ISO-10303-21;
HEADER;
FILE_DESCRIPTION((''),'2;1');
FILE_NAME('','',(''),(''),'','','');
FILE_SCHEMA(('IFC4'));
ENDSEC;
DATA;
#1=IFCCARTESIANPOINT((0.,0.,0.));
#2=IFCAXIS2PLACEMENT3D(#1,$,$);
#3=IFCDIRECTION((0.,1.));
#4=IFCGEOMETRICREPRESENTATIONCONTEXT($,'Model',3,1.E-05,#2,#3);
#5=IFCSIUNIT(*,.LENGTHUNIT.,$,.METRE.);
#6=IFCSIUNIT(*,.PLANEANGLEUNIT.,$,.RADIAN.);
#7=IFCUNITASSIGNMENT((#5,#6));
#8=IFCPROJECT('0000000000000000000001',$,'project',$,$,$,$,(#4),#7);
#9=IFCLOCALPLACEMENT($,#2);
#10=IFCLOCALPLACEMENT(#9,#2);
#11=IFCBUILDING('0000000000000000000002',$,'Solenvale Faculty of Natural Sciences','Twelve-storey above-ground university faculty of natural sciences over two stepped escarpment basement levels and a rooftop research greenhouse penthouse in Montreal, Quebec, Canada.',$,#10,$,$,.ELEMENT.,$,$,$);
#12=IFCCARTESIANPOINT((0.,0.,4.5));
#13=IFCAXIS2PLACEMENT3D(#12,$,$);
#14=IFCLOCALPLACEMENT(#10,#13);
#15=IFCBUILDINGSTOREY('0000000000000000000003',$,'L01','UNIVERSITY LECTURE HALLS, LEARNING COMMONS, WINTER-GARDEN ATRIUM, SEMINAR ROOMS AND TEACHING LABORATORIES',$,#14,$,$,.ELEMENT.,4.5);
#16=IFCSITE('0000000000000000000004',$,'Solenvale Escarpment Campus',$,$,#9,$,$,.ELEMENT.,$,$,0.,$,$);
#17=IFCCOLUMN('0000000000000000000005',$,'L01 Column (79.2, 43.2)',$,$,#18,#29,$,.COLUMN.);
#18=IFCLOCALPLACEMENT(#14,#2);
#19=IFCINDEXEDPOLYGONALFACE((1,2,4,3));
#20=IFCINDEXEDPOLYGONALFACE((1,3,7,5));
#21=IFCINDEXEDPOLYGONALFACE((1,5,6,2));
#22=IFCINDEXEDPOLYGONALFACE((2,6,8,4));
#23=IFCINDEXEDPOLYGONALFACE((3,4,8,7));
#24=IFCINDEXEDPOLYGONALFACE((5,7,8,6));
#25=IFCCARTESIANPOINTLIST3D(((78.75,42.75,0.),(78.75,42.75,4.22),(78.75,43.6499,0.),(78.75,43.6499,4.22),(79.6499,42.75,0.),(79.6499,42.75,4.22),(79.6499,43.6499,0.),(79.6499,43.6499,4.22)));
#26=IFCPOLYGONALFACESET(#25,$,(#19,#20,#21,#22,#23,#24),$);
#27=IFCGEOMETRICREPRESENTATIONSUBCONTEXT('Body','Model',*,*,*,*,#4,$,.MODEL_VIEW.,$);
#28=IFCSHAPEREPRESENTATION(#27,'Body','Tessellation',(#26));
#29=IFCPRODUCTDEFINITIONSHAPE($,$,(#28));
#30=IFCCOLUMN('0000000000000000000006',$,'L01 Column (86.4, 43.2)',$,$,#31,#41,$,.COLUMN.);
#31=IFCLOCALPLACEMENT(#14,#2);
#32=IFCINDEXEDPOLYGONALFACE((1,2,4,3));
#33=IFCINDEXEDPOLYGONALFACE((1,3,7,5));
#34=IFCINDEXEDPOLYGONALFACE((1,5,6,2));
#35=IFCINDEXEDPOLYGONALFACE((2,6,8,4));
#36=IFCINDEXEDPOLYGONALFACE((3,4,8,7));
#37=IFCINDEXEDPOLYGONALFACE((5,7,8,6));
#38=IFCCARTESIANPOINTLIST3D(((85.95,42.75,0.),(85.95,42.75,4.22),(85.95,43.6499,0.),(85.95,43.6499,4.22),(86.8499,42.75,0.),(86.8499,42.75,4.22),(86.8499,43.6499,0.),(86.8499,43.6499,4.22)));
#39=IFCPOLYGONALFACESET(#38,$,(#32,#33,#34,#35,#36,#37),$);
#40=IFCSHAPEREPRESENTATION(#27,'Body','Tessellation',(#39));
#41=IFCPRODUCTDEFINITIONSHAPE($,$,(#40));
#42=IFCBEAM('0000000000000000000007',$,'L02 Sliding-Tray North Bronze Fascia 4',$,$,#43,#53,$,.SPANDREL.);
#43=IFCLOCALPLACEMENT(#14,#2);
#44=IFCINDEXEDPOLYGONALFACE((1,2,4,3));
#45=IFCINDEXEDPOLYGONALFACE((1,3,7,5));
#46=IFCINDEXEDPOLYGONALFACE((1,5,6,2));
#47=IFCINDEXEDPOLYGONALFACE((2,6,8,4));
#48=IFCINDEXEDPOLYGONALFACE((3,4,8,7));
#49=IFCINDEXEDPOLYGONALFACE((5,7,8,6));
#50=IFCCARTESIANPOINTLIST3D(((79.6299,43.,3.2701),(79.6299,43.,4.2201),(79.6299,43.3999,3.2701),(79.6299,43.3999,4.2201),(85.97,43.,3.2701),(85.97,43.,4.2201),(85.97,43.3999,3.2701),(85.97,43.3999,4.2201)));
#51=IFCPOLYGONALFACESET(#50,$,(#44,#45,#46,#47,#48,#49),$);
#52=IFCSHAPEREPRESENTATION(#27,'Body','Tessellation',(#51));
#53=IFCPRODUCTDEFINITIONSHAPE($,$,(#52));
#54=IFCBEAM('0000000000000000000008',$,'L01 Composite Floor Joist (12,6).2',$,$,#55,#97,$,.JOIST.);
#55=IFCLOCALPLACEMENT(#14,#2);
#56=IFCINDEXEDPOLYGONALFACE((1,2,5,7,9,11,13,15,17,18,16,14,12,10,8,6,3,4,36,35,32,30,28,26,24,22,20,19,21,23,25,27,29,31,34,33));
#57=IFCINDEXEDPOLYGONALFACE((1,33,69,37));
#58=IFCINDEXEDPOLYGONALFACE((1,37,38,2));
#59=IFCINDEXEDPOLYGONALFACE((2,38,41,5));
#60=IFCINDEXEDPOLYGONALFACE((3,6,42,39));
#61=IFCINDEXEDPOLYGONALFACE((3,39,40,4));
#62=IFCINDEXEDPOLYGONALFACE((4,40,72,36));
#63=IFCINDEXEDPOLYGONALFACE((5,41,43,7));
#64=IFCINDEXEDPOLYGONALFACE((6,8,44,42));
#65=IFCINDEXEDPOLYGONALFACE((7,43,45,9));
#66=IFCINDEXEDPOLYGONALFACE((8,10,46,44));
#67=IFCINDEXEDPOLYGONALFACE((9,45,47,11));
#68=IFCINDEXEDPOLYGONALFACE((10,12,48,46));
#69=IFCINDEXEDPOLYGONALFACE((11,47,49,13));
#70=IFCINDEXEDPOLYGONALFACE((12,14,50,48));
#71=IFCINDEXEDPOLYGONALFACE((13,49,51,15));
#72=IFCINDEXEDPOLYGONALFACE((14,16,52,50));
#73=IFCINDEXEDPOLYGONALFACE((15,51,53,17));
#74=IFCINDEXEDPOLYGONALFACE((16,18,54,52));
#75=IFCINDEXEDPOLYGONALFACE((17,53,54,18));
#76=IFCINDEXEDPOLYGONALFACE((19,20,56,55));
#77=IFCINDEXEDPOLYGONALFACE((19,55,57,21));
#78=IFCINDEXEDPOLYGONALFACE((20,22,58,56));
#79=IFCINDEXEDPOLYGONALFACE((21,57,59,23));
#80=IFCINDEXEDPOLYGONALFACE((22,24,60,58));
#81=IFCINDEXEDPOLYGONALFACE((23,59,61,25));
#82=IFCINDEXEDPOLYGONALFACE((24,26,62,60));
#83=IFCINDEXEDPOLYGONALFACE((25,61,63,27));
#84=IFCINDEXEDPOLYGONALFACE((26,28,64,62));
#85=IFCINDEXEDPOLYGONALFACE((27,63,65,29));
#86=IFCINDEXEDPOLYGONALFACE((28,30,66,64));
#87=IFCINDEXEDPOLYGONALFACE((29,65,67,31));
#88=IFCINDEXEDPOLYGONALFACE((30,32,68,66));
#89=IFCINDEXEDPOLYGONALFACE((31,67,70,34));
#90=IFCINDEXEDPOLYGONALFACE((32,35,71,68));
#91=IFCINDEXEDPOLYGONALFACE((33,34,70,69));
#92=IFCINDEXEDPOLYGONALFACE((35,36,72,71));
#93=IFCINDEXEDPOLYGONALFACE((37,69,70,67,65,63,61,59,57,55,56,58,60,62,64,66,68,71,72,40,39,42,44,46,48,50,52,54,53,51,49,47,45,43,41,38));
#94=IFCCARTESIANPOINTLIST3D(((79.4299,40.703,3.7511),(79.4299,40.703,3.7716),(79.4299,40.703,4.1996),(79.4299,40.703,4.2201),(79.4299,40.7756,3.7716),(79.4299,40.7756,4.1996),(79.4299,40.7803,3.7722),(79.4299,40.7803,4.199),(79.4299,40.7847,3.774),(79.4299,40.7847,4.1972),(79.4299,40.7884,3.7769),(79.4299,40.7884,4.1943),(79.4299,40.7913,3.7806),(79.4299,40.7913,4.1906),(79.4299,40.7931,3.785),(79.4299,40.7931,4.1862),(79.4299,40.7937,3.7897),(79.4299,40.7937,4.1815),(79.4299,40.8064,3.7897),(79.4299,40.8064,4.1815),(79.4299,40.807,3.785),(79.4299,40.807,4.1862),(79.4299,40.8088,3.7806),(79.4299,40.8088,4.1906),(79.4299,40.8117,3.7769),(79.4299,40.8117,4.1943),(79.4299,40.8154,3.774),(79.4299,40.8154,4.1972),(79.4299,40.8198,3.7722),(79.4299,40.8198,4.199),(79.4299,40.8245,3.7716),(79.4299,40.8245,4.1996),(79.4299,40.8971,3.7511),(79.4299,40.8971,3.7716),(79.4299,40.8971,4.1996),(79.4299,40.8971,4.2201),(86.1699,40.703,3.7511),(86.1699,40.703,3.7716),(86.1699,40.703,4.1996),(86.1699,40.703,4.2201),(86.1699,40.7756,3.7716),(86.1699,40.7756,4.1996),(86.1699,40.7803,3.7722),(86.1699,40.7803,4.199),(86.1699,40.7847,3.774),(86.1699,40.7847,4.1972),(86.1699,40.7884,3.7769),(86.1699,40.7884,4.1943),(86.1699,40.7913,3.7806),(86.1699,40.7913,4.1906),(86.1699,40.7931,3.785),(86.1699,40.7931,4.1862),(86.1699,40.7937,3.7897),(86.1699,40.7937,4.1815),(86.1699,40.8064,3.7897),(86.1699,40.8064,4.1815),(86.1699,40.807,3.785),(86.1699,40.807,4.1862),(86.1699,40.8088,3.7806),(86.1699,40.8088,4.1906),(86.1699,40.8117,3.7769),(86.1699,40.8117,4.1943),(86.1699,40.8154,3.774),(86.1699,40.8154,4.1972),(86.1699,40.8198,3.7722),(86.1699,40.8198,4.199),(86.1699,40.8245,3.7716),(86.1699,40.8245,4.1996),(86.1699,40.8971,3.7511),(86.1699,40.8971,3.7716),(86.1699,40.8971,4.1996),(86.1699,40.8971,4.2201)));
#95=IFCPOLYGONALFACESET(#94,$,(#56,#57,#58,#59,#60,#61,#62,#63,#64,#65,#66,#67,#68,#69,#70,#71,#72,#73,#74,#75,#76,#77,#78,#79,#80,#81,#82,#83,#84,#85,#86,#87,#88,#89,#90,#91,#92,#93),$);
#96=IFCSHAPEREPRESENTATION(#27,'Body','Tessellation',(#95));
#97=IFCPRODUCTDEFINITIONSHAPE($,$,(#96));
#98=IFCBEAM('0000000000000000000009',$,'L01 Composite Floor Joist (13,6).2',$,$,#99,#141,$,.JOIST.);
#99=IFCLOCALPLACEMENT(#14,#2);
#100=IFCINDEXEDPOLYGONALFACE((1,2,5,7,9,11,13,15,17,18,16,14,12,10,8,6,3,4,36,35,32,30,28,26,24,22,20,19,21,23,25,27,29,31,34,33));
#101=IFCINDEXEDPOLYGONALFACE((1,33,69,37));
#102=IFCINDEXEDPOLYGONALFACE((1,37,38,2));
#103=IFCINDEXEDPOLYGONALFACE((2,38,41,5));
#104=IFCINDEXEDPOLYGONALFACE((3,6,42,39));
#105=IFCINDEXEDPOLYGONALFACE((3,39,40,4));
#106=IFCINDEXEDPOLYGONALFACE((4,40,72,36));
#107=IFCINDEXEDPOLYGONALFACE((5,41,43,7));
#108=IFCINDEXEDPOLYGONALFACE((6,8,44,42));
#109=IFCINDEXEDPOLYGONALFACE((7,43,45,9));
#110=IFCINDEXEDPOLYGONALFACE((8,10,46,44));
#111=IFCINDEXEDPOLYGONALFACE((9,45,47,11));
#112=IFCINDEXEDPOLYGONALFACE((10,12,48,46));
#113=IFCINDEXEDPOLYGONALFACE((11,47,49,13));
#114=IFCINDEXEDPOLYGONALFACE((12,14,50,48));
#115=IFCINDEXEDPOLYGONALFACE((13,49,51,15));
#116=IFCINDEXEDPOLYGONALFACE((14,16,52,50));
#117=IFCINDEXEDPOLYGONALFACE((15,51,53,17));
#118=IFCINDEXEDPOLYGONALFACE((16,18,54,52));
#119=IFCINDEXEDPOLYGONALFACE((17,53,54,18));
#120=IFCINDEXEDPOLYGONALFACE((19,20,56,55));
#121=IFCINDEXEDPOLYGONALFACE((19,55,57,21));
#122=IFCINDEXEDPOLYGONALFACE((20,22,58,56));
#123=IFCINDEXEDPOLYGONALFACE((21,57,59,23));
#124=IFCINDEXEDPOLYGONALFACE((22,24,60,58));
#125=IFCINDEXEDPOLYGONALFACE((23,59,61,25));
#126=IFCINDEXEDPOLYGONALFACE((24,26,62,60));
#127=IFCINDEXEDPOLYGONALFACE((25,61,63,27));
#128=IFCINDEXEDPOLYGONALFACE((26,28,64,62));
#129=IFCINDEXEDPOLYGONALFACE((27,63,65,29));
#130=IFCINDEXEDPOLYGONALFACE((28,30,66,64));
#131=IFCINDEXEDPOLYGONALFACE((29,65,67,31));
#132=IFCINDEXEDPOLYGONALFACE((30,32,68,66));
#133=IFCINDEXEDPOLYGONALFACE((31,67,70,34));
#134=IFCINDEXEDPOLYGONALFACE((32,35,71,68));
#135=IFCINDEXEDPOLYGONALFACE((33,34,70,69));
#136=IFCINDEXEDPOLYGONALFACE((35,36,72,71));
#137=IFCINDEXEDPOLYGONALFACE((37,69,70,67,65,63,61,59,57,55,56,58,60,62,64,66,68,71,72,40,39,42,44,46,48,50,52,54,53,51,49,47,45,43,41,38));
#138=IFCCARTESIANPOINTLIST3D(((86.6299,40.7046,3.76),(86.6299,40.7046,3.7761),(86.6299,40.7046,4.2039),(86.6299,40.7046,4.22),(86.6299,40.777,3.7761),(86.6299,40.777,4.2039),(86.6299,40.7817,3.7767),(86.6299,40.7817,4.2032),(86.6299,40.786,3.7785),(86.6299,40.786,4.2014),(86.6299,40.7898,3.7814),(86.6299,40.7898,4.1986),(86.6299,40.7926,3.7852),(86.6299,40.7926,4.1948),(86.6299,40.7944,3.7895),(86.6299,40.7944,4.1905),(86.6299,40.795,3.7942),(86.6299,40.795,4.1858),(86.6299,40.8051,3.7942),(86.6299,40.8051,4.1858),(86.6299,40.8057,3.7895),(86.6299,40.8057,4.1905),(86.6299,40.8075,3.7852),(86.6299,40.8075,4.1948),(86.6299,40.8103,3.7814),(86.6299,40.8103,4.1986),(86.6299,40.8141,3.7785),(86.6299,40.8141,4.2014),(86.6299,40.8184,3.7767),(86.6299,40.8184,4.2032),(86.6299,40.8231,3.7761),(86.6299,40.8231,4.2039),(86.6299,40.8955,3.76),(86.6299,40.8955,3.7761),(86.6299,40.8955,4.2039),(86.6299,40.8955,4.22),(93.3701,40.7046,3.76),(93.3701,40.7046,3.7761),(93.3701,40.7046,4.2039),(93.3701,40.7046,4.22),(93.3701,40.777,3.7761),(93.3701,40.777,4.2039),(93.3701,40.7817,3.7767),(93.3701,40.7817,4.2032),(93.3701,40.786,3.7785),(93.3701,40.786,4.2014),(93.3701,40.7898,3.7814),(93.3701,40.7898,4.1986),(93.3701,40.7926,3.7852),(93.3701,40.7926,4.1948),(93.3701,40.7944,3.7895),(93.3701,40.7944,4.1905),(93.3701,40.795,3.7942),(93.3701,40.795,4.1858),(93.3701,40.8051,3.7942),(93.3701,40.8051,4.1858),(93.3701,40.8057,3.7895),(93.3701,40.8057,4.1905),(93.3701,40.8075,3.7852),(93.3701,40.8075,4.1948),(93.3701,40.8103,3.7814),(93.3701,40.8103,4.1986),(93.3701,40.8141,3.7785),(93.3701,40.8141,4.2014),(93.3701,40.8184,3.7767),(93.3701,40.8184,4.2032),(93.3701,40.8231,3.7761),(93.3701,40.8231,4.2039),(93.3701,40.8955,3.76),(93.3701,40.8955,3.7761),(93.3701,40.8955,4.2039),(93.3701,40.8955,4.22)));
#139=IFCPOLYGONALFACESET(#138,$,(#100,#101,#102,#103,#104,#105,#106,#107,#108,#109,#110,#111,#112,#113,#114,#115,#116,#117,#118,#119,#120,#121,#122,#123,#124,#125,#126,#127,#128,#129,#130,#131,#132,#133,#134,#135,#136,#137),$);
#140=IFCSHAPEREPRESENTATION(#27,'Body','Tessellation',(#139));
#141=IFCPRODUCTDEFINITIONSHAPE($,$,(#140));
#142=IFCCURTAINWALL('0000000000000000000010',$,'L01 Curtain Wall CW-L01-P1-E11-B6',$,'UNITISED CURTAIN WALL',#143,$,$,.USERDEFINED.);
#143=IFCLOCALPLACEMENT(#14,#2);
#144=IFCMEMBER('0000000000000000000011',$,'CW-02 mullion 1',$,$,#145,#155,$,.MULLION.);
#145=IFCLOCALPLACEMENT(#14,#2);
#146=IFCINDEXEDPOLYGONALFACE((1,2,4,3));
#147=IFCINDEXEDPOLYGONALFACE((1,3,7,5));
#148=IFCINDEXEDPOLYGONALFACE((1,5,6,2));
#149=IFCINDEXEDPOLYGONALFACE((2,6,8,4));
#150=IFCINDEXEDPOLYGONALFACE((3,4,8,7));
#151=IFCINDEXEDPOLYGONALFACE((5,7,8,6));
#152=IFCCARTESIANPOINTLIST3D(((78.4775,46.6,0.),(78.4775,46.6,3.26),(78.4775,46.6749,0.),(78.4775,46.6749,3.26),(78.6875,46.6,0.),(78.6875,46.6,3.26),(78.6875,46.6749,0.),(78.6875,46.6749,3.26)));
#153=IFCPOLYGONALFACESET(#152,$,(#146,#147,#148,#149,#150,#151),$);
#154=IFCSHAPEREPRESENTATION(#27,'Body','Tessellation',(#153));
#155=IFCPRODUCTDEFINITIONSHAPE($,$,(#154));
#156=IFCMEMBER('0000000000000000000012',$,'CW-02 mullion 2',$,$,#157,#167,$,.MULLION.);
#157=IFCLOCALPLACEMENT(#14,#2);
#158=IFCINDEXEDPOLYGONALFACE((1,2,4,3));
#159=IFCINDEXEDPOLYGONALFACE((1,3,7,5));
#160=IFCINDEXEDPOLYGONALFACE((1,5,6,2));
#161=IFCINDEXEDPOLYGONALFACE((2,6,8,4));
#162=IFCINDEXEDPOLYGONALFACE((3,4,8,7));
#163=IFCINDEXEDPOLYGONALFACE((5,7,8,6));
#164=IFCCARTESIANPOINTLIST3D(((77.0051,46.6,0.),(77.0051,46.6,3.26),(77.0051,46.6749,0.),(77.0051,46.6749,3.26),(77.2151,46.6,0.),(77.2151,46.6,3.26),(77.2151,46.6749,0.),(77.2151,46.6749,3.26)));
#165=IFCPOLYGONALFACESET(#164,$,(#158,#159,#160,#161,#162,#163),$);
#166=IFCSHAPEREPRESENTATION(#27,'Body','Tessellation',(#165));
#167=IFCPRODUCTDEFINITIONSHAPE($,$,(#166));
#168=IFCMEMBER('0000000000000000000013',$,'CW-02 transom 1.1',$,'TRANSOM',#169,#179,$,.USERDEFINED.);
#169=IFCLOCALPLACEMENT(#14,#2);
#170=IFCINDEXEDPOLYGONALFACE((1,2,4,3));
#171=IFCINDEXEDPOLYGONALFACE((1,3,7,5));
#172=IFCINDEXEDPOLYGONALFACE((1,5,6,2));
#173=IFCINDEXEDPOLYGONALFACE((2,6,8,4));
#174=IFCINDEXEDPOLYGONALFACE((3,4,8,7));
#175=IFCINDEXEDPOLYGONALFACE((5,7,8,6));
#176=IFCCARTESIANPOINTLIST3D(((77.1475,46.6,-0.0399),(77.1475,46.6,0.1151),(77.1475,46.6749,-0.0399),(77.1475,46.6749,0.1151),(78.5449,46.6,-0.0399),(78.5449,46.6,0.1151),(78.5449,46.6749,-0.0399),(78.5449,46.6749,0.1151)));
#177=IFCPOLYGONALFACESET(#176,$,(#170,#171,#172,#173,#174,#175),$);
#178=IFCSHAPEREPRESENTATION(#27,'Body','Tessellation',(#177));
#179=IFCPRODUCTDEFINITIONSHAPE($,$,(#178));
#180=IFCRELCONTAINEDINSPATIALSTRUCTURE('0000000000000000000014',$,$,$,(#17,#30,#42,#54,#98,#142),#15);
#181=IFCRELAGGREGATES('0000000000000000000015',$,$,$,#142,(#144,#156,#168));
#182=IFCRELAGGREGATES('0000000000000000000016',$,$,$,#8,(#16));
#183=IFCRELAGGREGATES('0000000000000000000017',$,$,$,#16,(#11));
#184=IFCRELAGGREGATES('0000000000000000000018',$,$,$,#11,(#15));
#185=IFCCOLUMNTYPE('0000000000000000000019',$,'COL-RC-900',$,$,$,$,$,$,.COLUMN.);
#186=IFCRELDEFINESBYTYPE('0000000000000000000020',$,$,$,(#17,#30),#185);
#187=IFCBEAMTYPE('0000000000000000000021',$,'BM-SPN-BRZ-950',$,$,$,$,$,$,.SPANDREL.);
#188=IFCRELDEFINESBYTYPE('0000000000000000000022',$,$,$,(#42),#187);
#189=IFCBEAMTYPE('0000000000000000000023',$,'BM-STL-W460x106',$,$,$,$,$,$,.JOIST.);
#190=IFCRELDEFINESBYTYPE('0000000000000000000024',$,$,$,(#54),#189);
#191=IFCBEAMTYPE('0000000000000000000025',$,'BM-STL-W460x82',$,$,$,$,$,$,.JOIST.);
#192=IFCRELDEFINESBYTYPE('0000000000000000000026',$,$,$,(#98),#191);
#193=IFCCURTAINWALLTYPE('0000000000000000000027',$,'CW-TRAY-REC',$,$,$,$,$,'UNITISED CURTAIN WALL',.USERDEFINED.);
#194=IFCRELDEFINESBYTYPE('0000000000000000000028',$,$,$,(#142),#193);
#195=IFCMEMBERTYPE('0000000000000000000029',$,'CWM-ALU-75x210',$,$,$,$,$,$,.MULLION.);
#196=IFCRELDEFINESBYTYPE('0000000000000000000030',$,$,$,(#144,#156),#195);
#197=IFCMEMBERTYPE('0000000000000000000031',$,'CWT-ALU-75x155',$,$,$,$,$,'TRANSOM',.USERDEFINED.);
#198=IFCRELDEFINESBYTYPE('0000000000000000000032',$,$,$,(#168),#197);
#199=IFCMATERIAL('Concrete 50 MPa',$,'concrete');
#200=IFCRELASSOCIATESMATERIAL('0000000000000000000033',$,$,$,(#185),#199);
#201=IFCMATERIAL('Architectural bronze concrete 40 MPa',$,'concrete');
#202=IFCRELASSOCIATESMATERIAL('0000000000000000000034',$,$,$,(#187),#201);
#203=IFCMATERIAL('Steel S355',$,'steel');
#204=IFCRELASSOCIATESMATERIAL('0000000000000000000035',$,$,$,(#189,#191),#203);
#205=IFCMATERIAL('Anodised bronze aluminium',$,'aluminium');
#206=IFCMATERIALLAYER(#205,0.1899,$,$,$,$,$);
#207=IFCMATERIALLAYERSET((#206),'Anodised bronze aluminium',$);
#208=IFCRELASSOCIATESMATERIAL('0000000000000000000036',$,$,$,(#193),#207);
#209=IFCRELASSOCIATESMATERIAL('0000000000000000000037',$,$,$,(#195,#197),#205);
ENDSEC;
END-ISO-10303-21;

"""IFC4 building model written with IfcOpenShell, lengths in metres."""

from ifc_helpers import new_model, si_unit, direction, frame, origin, origin_2d, place, context, subcontext, project, spatial, rectangle, i_section, extrude, material, layer, layer_set, material_profile, profile_set, type_object, element, aggregate, save


model = new_model("IFC4")

# Units and contexts
model_context = context("Model", 3, precision=1e-05, world=origin(), true_north=direction((0.0, 1.0)))
body_context = subcontext(model_context, "Body", "Model", "MODEL_VIEW")
ifc_project = project(units=[si_unit("LENGTHUNIT", "METRE"), si_unit("PLANEANGLEUNIT", "RADIAN")], contexts=[model_context])

# Site, building, storey
site_placement = place(None, origin())
site = spatial("IfcSite", under=ifc_project, at=site_placement, Name="Solenvale Escarpment Campus", CompositionType="ELEMENT", RefElevation=0.0)
building_placement = place(site_placement, origin())
building = spatial("IfcBuilding", under=site, at=building_placement, Name="Solenvale Faculty of Natural Sciences", Description="Twelve-storey above-ground university faculty of natural sciences over two stepped escarpment basement levels and a rooftop research greenhouse penthouse in Montreal, Quebec, Canada.", CompositionType="ELEMENT")
storey_placement = place(building_placement, frame((0.0, 0.0, 4.5)))
storey = spatial("IfcBuildingStorey", under=building, at=storey_placement, Name="L01", Description="UNIVERSITY LECTURE HALLS, LEARNING COMMONS, WINTER-GARDEN ATRIUM, SEMINAR ROOMS AND TEACHING LABORATORIES", CompositionType="ELEMENT", Elevation=4.5)

# Columns
ifc_material_1 = material(Name="Concrete 50 MPa", Category="concrete")
ifc_material_profile_1 = material_profile(ifc_material_1, rectangle(XDim=0.8999, YDim=0.8999, at=origin_2d()), Name="RC-COL-900x900")
ifc_profile_set_1 = profile_set([ifc_material_profile_1], Name="Concrete 50 MPa")
column_type = type_object("IfcColumnType", Name="COL-RC-900", PredefinedType="COLUMN", material=ifc_profile_set_1)
for number, where, z_axis, x_axis, name in (
    (1, (79.2, 43.2, 0.0), (0.0, 0.0, 1.0), (1.0, 0.0, 0.0), "L01 Column (79.2, 43.2)"),
    (2, (86.3999, 43.2, 0.0), (0.0, 0.0, 1.0), (1.0, 0.0, 0.0), "L01 Column (86.4, 43.2)"),
):
    element("IfcColumn", number, at=place(storey_placement, frame(where, z_axis=z_axis, x_axis=x_axis)), inside=storey, type_object=column_type, Name=name, PredefinedType="COLUMN", context=body_context, shape_type="SweptSolid", body=[
        extrude(rectangle(XDim=0.8999, YDim=0.8999, at=origin_2d()), origin(), (0.0, 0.0, 1.0), 4.22),
    ])

# Beams
ifc_material_2 = material(Name="Architectural bronze concrete 40 MPa", Category="concrete")
ifc_material_profile_2 = material_profile(ifc_material_2, rectangle(XDim=0.3999, YDim=0.95, at=origin_2d()), Name="RC-SPN-400x950")
ifc_profile_set_2 = profile_set([ifc_material_profile_2], Name="Architectural bronze concrete 40 MPa")
beam_type_1 = type_object("IfcBeamType", Name="BM-SPN-BRZ-950", PredefinedType="SPANDREL", material=ifc_profile_set_2)
beam_1_placement = place(storey_placement, frame((79.6299, 43.2, 3.7451), z_axis=(1.0, 0.0, 0.0), x_axis=(0.0, 1.0, 0.0)))
element("IfcBeam", 3, at=beam_1_placement, inside=storey, type_object=beam_type_1, Name="L02 Sliding-Tray North Bronze Fascia 4", PredefinedType="SPANDREL", context=body_context, shape_type="SweptSolid", body=[
    extrude(rectangle(XDim=0.3999, YDim=0.95, at=origin_2d()), origin(), (0.0, 0.0, 1.0), 6.3401),
])
ifc_material_3 = material(Name="Steel S355", Category="steel")
ifc_material_profile_3 = material_profile(ifc_material_3, i_section(OverallWidth=0.1941, OverallDepth=0.469, WebThickness=0.0127, FlangeThickness=0.0205, FilletRadius=0.0181, at=origin_2d()), Name="W460x106")
ifc_profile_set_3 = profile_set([ifc_material_profile_3], Name="Steel S355")
beam_type_2 = type_object("IfcBeamType", Name="BM-STL-W460x106", PredefinedType="JOIST", material=ifc_profile_set_3)
beam_2_placement = place(storey_placement, frame((79.4299, 40.8, 3.9856), z_axis=(1.0, 0.0, 0.0), x_axis=(0.0, 1.0, 0.0)))
element("IfcBeam", 4, at=beam_2_placement, inside=storey, type_object=beam_type_2, Name="L01 Composite Floor Joist (12,6).2", PredefinedType="JOIST", context=body_context, shape_type="SweptSolid", body=[
    extrude(i_section(OverallWidth=0.1941, OverallDepth=0.469, WebThickness=0.0127, FlangeThickness=0.0205, FilletRadius=0.0181, at=origin_2d()), origin(), (0.0, 0.0, 1.0), 6.74),
])
ifc_material_profile_4 = material_profile(ifc_material_3, i_section(OverallWidth=0.1909, OverallDepth=0.46, WebThickness=0.01, FlangeThickness=0.0161, FilletRadius=0.0181, at=origin_2d()), Name="W460x82")
ifc_profile_set_4 = profile_set([ifc_material_profile_4], Name="Steel S355")
beam_type_3 = type_object("IfcBeamType", Name="BM-STL-W460x82", PredefinedType="JOIST", material=ifc_profile_set_4)
beam_3_placement = place(storey_placement, frame((86.6299, 40.8, 3.99), z_axis=(1.0, 0.0, 0.0), x_axis=(0.0, 1.0, 0.0)))
element("IfcBeam", 5, at=beam_3_placement, inside=storey, type_object=beam_type_3, Name="L01 Composite Floor Joist (13,6).2", PredefinedType="JOIST", context=body_context, shape_type="SweptSolid", body=[
    extrude(i_section(OverallWidth=0.1909, OverallDepth=0.46, WebThickness=0.01, FlangeThickness=0.0161, FilletRadius=0.0181, at=origin_2d()), origin(), (0.0, 0.0, 1.0), 6.7402),
])

# Curtain wall, members
ifc_material_4 = material(Name="Anodised bronze aluminium", Category="aluminium")
ifc_layer_1 = layer(ifc_material_4, 0.1899)
ifc_layer_set_1 = layer_set([ifc_layer_1], Name="Anodised bronze aluminium")
curtain_wall_type = type_object("IfcCurtainWallType", Name="CW-TRAY-REC", ElementType="UNITISED CURTAIN WALL", PredefinedType="USERDEFINED", material=ifc_layer_set_1)
curtain_wall_placement = place(storey_placement, origin())
curtain_wall = element("IfcCurtainWall", 6, at=curtain_wall_placement, inside=storey, type_object=curtain_wall_type, Name="L01 Curtain Wall CW-L01-P1-E11-B6", ObjectType="UNITISED CURTAIN WALL", PredefinedType="USERDEFINED")
ifc_material_profile_5 = material_profile(ifc_material_4, rectangle(XDim=0.075, YDim=0.21, at=origin_2d()), Name="ALU-MUL-75x210")
ifc_profile_set_5 = profile_set([ifc_material_profile_5], Name="Anodised bronze aluminium")
member_type_1 = type_object("IfcMemberType", Name="CWM-ALU-75x210", PredefinedType="MULLION", material=ifc_profile_set_5)
member_1_placement = place(storey_placement, frame((78.5825, 46.6375, 0.0), z_axis=(0.0, 0.0, 1.0), x_axis=(0.0, -1.0, 0.0)))
member_1 = element("IfcMember", 7, at=member_1_placement, type_object=member_type_1, Name="CW-02 mullion 1", PredefinedType="MULLION", context=body_context, shape_type="SweptSolid", body=[
    extrude(rectangle(XDim=0.075, YDim=0.21, at=origin_2d()), origin(), (0.0, 0.0, 1.0), 3.26),
])
member_2_placement = place(storey_placement, frame((77.1101, 46.6375, 0.0), z_axis=(0.0, 0.0, 1.0), x_axis=(0.0, -1.0, 0.0)))
member_2 = element("IfcMember", 8, at=member_2_placement, type_object=member_type_1, Name="CW-02 mullion 2", PredefinedType="MULLION", context=body_context, shape_type="SweptSolid", body=[
    extrude(rectangle(XDim=0.075, YDim=0.21, at=origin_2d()), origin(), (0.0, 0.0, 1.0), 3.26),
])
ifc_material_profile_6 = material_profile(ifc_material_4, rectangle(XDim=0.075, YDim=0.155, at=origin_2d()), Name="ALU-TRN-75x155")
ifc_profile_set_6 = profile_set([ifc_material_profile_6], Name="Anodised bronze aluminium")
member_type_2 = type_object("IfcMemberType", Name="CWT-ALU-75x155", ElementType="TRANSOM", PredefinedType="USERDEFINED", material=ifc_profile_set_6)
member_3_placement = place(storey_placement, frame((78.5449, 46.6375, 0.0376), z_axis=(-1.0, 0.0, 0.0), x_axis=(0.0, -1.0, 0.0)))
member_3 = element("IfcMember", 9, at=member_3_placement, type_object=member_type_2, Name="CW-02 transom 1.1", ObjectType="TRANSOM", PredefinedType="USERDEFINED", context=body_context, shape_type="SweptSolid", body=[
    extrude(rectangle(XDim=0.075, YDim=0.155, at=origin_2d()), origin(), (0.0, 0.0, 1.0), 1.3975),
])
aggregate(curtain_wall, [member_1, member_2, member_3])

save(model, "model.ifc")
